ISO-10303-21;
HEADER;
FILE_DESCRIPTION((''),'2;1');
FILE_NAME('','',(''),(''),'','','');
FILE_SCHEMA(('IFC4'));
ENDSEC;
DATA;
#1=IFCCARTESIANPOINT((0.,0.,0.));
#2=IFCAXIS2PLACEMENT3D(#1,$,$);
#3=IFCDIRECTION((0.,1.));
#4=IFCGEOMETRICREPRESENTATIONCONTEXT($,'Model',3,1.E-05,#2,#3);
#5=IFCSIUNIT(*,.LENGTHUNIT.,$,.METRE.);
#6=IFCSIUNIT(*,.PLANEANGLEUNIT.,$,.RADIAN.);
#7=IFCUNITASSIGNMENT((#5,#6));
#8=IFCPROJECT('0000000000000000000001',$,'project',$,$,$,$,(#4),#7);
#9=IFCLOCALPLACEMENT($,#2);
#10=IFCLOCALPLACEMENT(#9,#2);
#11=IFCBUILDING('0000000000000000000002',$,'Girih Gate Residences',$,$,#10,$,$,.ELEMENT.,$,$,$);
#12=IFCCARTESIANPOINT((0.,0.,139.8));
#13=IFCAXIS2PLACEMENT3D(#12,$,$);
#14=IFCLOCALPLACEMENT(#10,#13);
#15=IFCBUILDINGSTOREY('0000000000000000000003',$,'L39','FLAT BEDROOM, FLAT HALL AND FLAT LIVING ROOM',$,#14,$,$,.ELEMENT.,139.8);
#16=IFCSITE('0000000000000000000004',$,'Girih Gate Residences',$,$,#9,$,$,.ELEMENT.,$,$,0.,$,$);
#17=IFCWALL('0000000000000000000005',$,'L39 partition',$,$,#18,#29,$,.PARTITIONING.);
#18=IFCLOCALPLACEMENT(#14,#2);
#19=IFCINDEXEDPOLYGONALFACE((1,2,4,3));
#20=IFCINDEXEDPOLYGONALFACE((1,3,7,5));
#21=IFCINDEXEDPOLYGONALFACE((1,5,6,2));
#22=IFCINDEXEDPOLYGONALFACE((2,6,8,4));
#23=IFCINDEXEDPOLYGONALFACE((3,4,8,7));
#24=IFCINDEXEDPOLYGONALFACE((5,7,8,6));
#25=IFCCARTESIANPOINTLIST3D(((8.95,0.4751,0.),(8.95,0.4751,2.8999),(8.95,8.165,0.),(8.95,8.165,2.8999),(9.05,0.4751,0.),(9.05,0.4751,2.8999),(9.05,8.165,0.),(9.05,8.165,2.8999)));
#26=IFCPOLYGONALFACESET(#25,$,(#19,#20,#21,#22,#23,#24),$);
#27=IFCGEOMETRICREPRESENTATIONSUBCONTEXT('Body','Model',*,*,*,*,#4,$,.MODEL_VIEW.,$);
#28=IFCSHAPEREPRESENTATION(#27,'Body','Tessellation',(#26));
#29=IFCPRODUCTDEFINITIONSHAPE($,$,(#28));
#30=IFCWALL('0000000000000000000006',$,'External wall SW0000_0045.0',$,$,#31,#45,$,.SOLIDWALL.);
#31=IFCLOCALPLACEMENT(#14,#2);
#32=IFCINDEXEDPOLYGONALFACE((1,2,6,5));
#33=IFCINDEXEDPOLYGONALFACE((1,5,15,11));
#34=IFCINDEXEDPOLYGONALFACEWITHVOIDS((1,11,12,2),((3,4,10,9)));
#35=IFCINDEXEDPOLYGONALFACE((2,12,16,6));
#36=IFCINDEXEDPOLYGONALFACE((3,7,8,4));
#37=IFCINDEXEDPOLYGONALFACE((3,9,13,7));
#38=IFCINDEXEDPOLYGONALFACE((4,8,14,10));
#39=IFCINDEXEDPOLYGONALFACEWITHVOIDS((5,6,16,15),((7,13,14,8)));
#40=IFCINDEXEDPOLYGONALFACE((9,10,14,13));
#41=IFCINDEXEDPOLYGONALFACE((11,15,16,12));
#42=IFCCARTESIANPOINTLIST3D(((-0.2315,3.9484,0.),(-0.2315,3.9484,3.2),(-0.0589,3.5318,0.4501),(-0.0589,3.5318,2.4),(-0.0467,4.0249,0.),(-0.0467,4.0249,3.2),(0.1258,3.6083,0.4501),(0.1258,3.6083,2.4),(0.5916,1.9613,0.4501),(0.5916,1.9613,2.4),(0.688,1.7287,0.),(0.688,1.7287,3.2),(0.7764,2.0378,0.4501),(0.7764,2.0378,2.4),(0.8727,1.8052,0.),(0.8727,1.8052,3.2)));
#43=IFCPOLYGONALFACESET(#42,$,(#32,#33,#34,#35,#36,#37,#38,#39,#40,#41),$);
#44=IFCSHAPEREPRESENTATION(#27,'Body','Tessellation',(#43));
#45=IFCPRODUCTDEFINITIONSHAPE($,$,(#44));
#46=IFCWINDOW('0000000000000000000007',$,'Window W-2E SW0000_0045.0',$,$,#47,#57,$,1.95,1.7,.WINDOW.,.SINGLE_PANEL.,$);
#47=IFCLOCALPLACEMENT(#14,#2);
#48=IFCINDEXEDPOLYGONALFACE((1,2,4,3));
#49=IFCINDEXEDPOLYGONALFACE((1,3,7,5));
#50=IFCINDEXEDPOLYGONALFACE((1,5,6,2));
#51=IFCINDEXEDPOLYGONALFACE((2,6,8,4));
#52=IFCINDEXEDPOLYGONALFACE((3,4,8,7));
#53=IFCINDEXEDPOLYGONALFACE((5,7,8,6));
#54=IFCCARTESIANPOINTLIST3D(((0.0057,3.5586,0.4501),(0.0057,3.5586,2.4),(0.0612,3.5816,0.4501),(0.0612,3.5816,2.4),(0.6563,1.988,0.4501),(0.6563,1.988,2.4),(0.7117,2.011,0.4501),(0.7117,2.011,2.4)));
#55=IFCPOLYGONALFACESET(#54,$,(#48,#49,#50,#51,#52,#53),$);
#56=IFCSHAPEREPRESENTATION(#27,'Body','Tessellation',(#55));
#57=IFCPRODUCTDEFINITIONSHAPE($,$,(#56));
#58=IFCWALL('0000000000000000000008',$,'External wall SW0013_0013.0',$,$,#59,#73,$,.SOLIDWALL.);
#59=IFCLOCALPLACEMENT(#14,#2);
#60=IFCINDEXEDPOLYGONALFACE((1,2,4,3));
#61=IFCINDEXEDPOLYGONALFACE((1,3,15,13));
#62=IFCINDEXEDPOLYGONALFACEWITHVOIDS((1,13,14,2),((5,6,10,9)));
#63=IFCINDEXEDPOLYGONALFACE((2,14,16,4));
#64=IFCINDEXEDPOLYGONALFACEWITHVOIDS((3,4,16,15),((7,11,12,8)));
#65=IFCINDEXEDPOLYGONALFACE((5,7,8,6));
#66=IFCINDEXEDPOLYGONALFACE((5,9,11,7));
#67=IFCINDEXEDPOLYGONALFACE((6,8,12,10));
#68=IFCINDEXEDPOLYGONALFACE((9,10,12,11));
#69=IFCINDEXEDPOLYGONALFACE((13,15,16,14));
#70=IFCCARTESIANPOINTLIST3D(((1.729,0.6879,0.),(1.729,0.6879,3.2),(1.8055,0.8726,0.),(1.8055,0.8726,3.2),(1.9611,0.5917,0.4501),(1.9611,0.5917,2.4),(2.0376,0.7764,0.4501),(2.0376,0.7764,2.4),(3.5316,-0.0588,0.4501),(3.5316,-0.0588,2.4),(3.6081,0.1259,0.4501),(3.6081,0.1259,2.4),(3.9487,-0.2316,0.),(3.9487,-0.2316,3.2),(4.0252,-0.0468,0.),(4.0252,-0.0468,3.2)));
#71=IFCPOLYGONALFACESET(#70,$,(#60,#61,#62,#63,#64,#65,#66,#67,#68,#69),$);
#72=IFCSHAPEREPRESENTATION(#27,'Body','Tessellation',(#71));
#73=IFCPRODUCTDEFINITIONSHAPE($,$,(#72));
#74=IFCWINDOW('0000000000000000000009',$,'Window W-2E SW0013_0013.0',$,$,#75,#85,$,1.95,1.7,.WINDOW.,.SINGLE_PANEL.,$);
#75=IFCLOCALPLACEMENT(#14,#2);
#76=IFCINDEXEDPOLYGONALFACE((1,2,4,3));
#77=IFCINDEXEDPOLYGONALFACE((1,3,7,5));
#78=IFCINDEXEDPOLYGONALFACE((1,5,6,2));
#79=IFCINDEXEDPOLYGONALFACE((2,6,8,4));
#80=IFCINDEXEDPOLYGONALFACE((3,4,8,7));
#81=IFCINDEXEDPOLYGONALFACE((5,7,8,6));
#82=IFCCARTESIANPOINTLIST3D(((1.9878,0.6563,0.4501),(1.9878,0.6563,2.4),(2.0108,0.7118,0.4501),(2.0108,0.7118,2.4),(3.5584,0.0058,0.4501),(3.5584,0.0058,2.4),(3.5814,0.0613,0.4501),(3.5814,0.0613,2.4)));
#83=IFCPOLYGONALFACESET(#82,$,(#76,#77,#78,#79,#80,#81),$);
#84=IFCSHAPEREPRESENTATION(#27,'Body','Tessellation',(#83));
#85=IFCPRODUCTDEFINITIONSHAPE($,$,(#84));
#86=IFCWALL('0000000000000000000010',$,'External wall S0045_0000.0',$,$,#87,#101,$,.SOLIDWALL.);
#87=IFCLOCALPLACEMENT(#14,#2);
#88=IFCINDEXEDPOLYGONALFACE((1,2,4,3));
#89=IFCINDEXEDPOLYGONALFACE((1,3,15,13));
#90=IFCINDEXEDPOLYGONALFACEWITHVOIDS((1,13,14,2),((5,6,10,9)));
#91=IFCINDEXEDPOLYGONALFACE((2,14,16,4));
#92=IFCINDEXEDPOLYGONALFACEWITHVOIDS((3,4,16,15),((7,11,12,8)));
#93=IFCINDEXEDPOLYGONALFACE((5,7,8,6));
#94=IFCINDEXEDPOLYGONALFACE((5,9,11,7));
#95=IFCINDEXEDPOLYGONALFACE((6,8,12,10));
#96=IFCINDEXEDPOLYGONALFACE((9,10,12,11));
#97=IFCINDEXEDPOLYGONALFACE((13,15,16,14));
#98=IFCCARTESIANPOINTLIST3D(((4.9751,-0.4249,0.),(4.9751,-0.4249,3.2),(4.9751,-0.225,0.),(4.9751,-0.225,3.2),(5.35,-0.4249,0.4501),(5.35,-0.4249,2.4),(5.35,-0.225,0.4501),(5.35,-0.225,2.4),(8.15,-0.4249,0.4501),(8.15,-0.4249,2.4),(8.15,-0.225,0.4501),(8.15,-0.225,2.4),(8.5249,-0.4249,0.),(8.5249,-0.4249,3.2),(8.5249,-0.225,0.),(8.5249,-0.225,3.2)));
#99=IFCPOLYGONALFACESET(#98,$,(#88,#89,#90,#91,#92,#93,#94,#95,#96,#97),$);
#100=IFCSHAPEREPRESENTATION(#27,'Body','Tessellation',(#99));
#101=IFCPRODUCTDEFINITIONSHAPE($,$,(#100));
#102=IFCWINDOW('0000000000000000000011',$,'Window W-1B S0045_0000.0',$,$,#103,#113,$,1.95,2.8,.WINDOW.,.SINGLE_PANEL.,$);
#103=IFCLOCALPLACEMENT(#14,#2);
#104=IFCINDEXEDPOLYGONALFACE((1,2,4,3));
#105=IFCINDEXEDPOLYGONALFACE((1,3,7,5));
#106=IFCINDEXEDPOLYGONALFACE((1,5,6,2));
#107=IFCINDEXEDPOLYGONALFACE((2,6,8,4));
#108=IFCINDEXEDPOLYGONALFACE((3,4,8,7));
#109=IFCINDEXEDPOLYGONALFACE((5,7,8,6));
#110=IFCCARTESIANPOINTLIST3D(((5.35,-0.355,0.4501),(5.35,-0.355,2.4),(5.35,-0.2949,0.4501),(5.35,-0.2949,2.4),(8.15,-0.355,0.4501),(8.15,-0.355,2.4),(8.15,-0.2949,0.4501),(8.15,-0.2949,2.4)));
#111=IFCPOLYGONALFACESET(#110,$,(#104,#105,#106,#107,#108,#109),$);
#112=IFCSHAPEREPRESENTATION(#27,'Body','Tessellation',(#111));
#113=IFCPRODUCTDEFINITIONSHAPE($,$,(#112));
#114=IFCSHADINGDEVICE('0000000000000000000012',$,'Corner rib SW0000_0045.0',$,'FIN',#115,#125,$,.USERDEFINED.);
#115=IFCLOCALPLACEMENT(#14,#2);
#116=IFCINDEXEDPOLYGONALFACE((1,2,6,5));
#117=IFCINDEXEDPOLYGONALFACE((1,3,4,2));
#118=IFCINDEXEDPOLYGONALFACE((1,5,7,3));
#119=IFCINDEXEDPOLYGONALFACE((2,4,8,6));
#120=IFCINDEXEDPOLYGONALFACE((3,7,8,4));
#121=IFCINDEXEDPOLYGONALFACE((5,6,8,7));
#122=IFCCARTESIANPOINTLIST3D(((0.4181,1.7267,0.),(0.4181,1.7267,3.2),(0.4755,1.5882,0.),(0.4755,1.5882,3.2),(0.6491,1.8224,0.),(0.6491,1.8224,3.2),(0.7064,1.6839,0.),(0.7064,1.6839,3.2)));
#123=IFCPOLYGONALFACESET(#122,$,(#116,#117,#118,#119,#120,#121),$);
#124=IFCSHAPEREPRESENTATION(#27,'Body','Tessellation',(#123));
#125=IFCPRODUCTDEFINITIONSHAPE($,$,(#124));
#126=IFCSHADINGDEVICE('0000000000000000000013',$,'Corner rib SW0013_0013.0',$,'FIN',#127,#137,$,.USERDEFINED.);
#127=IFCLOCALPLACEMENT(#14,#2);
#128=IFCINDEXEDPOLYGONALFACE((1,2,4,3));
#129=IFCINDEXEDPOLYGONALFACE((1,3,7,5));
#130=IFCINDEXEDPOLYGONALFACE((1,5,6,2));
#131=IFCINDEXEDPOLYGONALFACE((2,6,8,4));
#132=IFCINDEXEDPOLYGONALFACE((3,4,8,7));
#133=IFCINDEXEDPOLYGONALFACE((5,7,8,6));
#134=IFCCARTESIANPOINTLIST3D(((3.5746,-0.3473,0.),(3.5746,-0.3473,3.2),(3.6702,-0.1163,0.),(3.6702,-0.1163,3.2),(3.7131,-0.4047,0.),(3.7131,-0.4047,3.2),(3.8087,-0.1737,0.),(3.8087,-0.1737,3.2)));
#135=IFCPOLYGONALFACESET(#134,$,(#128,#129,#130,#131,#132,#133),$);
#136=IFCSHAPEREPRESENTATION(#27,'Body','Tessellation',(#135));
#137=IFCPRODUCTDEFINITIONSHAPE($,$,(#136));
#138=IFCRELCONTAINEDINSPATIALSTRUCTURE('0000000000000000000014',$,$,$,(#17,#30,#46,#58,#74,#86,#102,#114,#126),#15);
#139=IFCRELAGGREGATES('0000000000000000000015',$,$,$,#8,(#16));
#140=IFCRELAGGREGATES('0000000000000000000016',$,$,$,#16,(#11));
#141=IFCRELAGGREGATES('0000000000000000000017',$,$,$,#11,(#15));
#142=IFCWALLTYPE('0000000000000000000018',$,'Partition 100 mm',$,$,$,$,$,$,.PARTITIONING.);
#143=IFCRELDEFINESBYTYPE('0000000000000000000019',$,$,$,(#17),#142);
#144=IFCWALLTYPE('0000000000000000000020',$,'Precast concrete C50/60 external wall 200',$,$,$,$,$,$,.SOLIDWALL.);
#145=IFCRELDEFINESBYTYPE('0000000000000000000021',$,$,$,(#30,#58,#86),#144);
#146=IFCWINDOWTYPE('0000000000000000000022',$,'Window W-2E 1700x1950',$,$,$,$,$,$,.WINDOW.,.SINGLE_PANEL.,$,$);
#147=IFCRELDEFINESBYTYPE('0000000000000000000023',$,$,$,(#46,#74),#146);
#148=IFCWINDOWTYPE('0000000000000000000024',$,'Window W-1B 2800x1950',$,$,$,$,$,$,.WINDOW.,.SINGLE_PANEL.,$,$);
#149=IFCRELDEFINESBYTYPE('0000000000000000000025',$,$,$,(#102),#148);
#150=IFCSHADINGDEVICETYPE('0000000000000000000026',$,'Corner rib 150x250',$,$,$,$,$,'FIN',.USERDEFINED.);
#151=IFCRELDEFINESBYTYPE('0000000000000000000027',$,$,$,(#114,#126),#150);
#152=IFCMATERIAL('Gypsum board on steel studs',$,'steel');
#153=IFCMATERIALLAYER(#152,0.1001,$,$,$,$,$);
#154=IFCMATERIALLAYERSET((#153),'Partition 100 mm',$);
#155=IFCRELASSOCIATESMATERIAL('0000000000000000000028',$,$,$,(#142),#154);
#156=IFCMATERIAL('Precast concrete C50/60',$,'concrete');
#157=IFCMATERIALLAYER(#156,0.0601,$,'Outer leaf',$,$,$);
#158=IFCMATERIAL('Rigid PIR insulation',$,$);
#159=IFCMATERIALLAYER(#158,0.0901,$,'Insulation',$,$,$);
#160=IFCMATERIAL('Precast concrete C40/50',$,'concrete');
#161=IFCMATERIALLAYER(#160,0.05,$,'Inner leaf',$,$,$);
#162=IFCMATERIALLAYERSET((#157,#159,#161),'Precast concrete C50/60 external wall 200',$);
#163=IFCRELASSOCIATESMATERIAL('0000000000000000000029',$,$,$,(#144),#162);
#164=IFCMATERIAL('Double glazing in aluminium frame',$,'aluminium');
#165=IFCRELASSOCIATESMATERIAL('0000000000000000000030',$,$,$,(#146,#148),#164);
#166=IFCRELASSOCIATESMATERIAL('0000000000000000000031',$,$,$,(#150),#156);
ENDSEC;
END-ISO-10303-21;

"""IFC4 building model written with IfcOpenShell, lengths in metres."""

from ifc_helpers import new_model, si_unit, direction, frame, frame_2d, origin, origin_2d, place, context, subcontext, project, spatial, rectangle, extrude, material, layer, layer_set, type_object, element, fill, save


model = new_model("IFC4")

# Units and contexts
model_context = context("Model", 3, precision=1e-05, world=origin(), true_north=direction((0.0, 1.0)))
body_context = subcontext(model_context, "Body", "Model", "MODEL_VIEW")
ifc_project = project(units=[si_unit("LENGTHUNIT", "METRE"), si_unit("PLANEANGLEUNIT", "RADIAN")], contexts=[model_context])

# Site, building, storey
site_placement = place(None, origin())
site = spatial("IfcSite", under=ifc_project, at=site_placement, Name="Girih Gate Residences", CompositionType="ELEMENT", RefElevation=0.0)
building_placement = place(site_placement, origin())
building = spatial("IfcBuilding", under=site, at=building_placement, Name="Girih Gate Residences", CompositionType="ELEMENT")
storey_placement = place(building_placement, frame((0.0, 0.0, 139.8)))
storey = spatial("IfcBuildingStorey", under=building, at=storey_placement, Name="L39", Description="FLAT BEDROOM, FLAT HALL AND FLAT LIVING ROOM", CompositionType="ELEMENT", Elevation=139.8)

# Wall
ifc_material_1 = material(Name="Gypsum board on steel studs", Category="steel")
ifc_layer_1 = layer(ifc_material_1, 0.1001)
ifc_layer_set_1 = layer_set([ifc_layer_1], Name="Partition 100 mm")
wall_type_1 = type_object("IfcWallType", Name="Partition 100 mm", PredefinedType="PARTITIONING", material=ifc_layer_set_1)
wall_1_placement = place(storey_placement, frame((9.0, 0.4751, 0.0), z_axis=(0.0, 0.0, 1.0), x_axis=(0.0, 1.0, 0.0)))
element("IfcWall", 1, at=wall_1_placement, inside=storey, type_object=wall_type_1, Name="L39 partition", PredefinedType="PARTITIONING", context=body_context, shape_type="SweptSolid", body=[
    extrude(rectangle(XDim=7.6899, YDim=0.1001, at=frame_2d((3.845, 0.0))), origin(), (0.0, 0.0, 1.0), 2.8999),
])

# Walls, openings, windows
ifc_material_2 = material(Name="Precast concrete C50/60", Category="concrete")
ifc_layer_2 = layer(ifc_material_2, 0.0601, Name="Outer leaf")
ifc_material_3 = material(Name="Rigid PIR insulation")
ifc_layer_3 = layer(ifc_material_3, 0.0901, Name="Insulation")
ifc_material_4 = material(Name="Precast concrete C40/50", Category="concrete")
ifc_layer_4 = layer(ifc_material_4, 0.05, Name="Inner leaf")
ifc_layer_set_2 = layer_set([ifc_layer_2, ifc_layer_3, ifc_layer_4], Name="Precast concrete C50/60 external wall 200")
wall_type_2 = type_object("IfcWallType", Name="Precast concrete C50/60 external wall 200", PredefinedType="SOLIDWALL", material=ifc_layer_set_2)
wall_2_placement = place(storey_placement, frame((0.7803, 1.7671, 0.0), z_axis=(0.0, 0.0, 1.0), x_axis=(-0.382681, 0.923881, 0.0)))
wall_2 = element("IfcWall", 2, at=wall_2_placement, inside=storey, type_object=wall_type_2, Name="External wall SW0000_0045.0", PredefinedType="SOLIDWALL", context=body_context, shape_type="SweptSolid", body=[
    extrude(rectangle(XDim=2.4026, YDim=0.2, at=frame_2d((1.2012, 0.0))), origin(), (0.0, 0.0, 1.0), 3.2),
])
opening_1_placement = place(wall_2_placement, frame((0.2515, 0.0, 0.45)))
opening_1 = element("IfcOpeningElement", 3, at=opening_1_placement, cuts=wall_2, PredefinedType="OPENING", context=body_context, shape_type="SweptSolid", body=[
    extrude(rectangle(XDim=1.7, YDim=1.95, at=frame_2d((0.8501, 0.9751))), frame((0.0, 0.1099, 0.0), z_axis=(0.0, -1.0, 0.0), x_axis=(1.0, 0.0, 0.0)), (0.0, 0.0, 1.0), 0.22),
])
ifc_material_5 = material(Name="Double glazing in aluminium frame", Category="aluminium")
window_type_1 = type_object("IfcWindowType", Name="Window W-2E 1700x1950", PartitioningType="SINGLE_PANEL", PredefinedType="WINDOW", material=ifc_material_5)
window_1_placement = place(opening_1_placement, origin())
window_1 = element("IfcWindow", 4, at=window_1_placement, inside=storey, type_object=window_type_1, Name="Window W-2E SW0000_0045.0", OverallHeight=1.95, OverallWidth=1.7, PartitioningType="SINGLE_PANEL", PredefinedType="WINDOW", context=body_context, shape_type="SweptSolid", body=[
    extrude(rectangle(XDim=1.7, YDim=1.95, at=frame_2d((0.8501, 0.9751))), frame((0.0, 0.03, 0.0), z_axis=(0.0, -1.0, 0.0), x_axis=(1.0, 0.0, 0.0)), (0.0, 0.0, 1.0), 0.0601),
])
fill(opening_1, window_1)
wall_3_placement = place(storey_placement, frame((3.9868, -0.1392, 0.0), z_axis=(0.0, 0.0, 1.0), x_axis=(-0.923881, 0.382681, 0.0)))
wall_3 = element("IfcWall", 5, at=wall_3_placement, inside=storey, type_object=wall_type_2, Name="External wall SW0013_0013.0", PredefinedType="SOLIDWALL", context=body_context, shape_type="SweptSolid", body=[
    extrude(rectangle(XDim=2.4026, YDim=0.2, at=frame_2d((1.2012, 0.0))), origin(), (0.0, 0.0, 1.0), 3.2),
])
opening_2_placement = place(wall_3_placement, frame((0.4512, 0.0, 0.45)))
opening_2 = element("IfcOpeningElement", 6, at=opening_2_placement, cuts=wall_3, PredefinedType="OPENING", context=body_context, shape_type="SweptSolid", body=[
    extrude(rectangle(XDim=1.7, YDim=1.95, at=frame_2d((0.8501, 0.9751))), frame((0.0, 0.1099, 0.0), z_axis=(0.0, -1.0, 0.0), x_axis=(1.0, 0.0, 0.0)), (0.0, 0.0, 1.0), 0.22),
])
window_2_placement = place(opening_2_placement, origin())
window_2 = element("IfcWindow", 7, at=window_2_placement, inside=storey, type_object=window_type_1, Name="Window W-2E SW0013_0013.0", OverallHeight=1.95, OverallWidth=1.7, PartitioningType="SINGLE_PANEL", PredefinedType="WINDOW", context=body_context, shape_type="SweptSolid", body=[
    extrude(rectangle(XDim=1.7, YDim=1.95, at=frame_2d((0.8501, 0.9751))), frame((0.0, 0.03, 0.0), z_axis=(0.0, -1.0, 0.0), x_axis=(1.0, 0.0, 0.0)), (0.0, 0.0, 1.0), 0.0601),
])
fill(opening_2, window_2)
wall_4_placement = place(storey_placement, frame((8.5249, -0.325, 0.0), z_axis=(0.0, 0.0, 1.0), x_axis=(-1.0, 0.0, 0.0)))
wall_4 = element("IfcWall", 8, at=wall_4_placement, inside=storey, type_object=wall_type_2, Name="External wall S0045_0000.0", PredefinedType="SOLIDWALL", context=body_context, shape_type="SweptSolid", body=[
    extrude(rectangle(XDim=3.5498, YDim=0.2, at=frame_2d((1.7749, 0.0))), origin(), (0.0, 0.0, 1.0), 3.2),
])
opening_3_placement = place(wall_4_placement, frame((0.375, 0.0, 0.45)))
opening_3 = element("IfcOpeningElement", 9, at=opening_3_placement, cuts=wall_4, PredefinedType="OPENING", context=body_context, shape_type="SweptSolid", body=[
    extrude(rectangle(XDim=2.8, YDim=1.95, at=frame_2d((1.3999, 0.9751))), frame((0.0, 0.1099, 0.0), z_axis=(0.0, -1.0, 0.0), x_axis=(1.0, 0.0, 0.0)), (0.0, 0.0, 1.0), 0.22),
])
window_type_2 = type_object("IfcWindowType", Name="Window W-1B 2800x1950", PartitioningType="SINGLE_PANEL", PredefinedType="WINDOW", material=ifc_material_5)
window_3_placement = place(opening_3_placement, origin())
window_3 = element("IfcWindow", 10, at=window_3_placement, inside=storey, type_object=window_type_2, Name="Window W-1B S0045_0000.0", OverallHeight=1.95, OverallWidth=2.8, PartitioningType="SINGLE_PANEL", PredefinedType="WINDOW", context=body_context, shape_type="SweptSolid", body=[
    extrude(rectangle(XDim=2.8, YDim=1.95, at=frame_2d((1.3999, 0.9751))), frame((0.0, 0.03, 0.0), z_axis=(0.0, -1.0, 0.0), x_axis=(1.0, 0.0, 0.0)), (0.0, 0.0, 1.0), 0.0601),
])
fill(opening_3, window_3)

# Shading devices
shading_device_type = type_object("IfcShadingDeviceType", Name="Corner rib 150x250", ElementType="FIN", PredefinedType="USERDEFINED", material=ifc_material_2)
for number, where, z_axis, x_axis, name in (
    (11, (0.5623, 1.7053, 0.0), (0.0, 0.0, 1.0), (0.382683, -0.92388, 0.0), "Corner rib SW0000_0045.0"),
    (12, (3.6917, -0.2605, 0.0), (0.0, 0.0, 1.0), (0.92388, -0.382683, 0.0), "Corner rib SW0013_0013.0"),
):
    element("IfcShadingDevice", number, at=place(storey_placement, frame(where, z_axis=z_axis, x_axis=x_axis)), inside=storey, type_object=shading_device_type, Name=name, ObjectType="FIN", PredefinedType="USERDEFINED", context=body_context, shape_type="SweptSolid", body=[
        extrude(rectangle(XDim=0.1499, YDim=0.25, at=origin_2d()), origin(), (0.0, 0.0, 1.0), 3.2),
    ])

save(model, "model.ifc")
